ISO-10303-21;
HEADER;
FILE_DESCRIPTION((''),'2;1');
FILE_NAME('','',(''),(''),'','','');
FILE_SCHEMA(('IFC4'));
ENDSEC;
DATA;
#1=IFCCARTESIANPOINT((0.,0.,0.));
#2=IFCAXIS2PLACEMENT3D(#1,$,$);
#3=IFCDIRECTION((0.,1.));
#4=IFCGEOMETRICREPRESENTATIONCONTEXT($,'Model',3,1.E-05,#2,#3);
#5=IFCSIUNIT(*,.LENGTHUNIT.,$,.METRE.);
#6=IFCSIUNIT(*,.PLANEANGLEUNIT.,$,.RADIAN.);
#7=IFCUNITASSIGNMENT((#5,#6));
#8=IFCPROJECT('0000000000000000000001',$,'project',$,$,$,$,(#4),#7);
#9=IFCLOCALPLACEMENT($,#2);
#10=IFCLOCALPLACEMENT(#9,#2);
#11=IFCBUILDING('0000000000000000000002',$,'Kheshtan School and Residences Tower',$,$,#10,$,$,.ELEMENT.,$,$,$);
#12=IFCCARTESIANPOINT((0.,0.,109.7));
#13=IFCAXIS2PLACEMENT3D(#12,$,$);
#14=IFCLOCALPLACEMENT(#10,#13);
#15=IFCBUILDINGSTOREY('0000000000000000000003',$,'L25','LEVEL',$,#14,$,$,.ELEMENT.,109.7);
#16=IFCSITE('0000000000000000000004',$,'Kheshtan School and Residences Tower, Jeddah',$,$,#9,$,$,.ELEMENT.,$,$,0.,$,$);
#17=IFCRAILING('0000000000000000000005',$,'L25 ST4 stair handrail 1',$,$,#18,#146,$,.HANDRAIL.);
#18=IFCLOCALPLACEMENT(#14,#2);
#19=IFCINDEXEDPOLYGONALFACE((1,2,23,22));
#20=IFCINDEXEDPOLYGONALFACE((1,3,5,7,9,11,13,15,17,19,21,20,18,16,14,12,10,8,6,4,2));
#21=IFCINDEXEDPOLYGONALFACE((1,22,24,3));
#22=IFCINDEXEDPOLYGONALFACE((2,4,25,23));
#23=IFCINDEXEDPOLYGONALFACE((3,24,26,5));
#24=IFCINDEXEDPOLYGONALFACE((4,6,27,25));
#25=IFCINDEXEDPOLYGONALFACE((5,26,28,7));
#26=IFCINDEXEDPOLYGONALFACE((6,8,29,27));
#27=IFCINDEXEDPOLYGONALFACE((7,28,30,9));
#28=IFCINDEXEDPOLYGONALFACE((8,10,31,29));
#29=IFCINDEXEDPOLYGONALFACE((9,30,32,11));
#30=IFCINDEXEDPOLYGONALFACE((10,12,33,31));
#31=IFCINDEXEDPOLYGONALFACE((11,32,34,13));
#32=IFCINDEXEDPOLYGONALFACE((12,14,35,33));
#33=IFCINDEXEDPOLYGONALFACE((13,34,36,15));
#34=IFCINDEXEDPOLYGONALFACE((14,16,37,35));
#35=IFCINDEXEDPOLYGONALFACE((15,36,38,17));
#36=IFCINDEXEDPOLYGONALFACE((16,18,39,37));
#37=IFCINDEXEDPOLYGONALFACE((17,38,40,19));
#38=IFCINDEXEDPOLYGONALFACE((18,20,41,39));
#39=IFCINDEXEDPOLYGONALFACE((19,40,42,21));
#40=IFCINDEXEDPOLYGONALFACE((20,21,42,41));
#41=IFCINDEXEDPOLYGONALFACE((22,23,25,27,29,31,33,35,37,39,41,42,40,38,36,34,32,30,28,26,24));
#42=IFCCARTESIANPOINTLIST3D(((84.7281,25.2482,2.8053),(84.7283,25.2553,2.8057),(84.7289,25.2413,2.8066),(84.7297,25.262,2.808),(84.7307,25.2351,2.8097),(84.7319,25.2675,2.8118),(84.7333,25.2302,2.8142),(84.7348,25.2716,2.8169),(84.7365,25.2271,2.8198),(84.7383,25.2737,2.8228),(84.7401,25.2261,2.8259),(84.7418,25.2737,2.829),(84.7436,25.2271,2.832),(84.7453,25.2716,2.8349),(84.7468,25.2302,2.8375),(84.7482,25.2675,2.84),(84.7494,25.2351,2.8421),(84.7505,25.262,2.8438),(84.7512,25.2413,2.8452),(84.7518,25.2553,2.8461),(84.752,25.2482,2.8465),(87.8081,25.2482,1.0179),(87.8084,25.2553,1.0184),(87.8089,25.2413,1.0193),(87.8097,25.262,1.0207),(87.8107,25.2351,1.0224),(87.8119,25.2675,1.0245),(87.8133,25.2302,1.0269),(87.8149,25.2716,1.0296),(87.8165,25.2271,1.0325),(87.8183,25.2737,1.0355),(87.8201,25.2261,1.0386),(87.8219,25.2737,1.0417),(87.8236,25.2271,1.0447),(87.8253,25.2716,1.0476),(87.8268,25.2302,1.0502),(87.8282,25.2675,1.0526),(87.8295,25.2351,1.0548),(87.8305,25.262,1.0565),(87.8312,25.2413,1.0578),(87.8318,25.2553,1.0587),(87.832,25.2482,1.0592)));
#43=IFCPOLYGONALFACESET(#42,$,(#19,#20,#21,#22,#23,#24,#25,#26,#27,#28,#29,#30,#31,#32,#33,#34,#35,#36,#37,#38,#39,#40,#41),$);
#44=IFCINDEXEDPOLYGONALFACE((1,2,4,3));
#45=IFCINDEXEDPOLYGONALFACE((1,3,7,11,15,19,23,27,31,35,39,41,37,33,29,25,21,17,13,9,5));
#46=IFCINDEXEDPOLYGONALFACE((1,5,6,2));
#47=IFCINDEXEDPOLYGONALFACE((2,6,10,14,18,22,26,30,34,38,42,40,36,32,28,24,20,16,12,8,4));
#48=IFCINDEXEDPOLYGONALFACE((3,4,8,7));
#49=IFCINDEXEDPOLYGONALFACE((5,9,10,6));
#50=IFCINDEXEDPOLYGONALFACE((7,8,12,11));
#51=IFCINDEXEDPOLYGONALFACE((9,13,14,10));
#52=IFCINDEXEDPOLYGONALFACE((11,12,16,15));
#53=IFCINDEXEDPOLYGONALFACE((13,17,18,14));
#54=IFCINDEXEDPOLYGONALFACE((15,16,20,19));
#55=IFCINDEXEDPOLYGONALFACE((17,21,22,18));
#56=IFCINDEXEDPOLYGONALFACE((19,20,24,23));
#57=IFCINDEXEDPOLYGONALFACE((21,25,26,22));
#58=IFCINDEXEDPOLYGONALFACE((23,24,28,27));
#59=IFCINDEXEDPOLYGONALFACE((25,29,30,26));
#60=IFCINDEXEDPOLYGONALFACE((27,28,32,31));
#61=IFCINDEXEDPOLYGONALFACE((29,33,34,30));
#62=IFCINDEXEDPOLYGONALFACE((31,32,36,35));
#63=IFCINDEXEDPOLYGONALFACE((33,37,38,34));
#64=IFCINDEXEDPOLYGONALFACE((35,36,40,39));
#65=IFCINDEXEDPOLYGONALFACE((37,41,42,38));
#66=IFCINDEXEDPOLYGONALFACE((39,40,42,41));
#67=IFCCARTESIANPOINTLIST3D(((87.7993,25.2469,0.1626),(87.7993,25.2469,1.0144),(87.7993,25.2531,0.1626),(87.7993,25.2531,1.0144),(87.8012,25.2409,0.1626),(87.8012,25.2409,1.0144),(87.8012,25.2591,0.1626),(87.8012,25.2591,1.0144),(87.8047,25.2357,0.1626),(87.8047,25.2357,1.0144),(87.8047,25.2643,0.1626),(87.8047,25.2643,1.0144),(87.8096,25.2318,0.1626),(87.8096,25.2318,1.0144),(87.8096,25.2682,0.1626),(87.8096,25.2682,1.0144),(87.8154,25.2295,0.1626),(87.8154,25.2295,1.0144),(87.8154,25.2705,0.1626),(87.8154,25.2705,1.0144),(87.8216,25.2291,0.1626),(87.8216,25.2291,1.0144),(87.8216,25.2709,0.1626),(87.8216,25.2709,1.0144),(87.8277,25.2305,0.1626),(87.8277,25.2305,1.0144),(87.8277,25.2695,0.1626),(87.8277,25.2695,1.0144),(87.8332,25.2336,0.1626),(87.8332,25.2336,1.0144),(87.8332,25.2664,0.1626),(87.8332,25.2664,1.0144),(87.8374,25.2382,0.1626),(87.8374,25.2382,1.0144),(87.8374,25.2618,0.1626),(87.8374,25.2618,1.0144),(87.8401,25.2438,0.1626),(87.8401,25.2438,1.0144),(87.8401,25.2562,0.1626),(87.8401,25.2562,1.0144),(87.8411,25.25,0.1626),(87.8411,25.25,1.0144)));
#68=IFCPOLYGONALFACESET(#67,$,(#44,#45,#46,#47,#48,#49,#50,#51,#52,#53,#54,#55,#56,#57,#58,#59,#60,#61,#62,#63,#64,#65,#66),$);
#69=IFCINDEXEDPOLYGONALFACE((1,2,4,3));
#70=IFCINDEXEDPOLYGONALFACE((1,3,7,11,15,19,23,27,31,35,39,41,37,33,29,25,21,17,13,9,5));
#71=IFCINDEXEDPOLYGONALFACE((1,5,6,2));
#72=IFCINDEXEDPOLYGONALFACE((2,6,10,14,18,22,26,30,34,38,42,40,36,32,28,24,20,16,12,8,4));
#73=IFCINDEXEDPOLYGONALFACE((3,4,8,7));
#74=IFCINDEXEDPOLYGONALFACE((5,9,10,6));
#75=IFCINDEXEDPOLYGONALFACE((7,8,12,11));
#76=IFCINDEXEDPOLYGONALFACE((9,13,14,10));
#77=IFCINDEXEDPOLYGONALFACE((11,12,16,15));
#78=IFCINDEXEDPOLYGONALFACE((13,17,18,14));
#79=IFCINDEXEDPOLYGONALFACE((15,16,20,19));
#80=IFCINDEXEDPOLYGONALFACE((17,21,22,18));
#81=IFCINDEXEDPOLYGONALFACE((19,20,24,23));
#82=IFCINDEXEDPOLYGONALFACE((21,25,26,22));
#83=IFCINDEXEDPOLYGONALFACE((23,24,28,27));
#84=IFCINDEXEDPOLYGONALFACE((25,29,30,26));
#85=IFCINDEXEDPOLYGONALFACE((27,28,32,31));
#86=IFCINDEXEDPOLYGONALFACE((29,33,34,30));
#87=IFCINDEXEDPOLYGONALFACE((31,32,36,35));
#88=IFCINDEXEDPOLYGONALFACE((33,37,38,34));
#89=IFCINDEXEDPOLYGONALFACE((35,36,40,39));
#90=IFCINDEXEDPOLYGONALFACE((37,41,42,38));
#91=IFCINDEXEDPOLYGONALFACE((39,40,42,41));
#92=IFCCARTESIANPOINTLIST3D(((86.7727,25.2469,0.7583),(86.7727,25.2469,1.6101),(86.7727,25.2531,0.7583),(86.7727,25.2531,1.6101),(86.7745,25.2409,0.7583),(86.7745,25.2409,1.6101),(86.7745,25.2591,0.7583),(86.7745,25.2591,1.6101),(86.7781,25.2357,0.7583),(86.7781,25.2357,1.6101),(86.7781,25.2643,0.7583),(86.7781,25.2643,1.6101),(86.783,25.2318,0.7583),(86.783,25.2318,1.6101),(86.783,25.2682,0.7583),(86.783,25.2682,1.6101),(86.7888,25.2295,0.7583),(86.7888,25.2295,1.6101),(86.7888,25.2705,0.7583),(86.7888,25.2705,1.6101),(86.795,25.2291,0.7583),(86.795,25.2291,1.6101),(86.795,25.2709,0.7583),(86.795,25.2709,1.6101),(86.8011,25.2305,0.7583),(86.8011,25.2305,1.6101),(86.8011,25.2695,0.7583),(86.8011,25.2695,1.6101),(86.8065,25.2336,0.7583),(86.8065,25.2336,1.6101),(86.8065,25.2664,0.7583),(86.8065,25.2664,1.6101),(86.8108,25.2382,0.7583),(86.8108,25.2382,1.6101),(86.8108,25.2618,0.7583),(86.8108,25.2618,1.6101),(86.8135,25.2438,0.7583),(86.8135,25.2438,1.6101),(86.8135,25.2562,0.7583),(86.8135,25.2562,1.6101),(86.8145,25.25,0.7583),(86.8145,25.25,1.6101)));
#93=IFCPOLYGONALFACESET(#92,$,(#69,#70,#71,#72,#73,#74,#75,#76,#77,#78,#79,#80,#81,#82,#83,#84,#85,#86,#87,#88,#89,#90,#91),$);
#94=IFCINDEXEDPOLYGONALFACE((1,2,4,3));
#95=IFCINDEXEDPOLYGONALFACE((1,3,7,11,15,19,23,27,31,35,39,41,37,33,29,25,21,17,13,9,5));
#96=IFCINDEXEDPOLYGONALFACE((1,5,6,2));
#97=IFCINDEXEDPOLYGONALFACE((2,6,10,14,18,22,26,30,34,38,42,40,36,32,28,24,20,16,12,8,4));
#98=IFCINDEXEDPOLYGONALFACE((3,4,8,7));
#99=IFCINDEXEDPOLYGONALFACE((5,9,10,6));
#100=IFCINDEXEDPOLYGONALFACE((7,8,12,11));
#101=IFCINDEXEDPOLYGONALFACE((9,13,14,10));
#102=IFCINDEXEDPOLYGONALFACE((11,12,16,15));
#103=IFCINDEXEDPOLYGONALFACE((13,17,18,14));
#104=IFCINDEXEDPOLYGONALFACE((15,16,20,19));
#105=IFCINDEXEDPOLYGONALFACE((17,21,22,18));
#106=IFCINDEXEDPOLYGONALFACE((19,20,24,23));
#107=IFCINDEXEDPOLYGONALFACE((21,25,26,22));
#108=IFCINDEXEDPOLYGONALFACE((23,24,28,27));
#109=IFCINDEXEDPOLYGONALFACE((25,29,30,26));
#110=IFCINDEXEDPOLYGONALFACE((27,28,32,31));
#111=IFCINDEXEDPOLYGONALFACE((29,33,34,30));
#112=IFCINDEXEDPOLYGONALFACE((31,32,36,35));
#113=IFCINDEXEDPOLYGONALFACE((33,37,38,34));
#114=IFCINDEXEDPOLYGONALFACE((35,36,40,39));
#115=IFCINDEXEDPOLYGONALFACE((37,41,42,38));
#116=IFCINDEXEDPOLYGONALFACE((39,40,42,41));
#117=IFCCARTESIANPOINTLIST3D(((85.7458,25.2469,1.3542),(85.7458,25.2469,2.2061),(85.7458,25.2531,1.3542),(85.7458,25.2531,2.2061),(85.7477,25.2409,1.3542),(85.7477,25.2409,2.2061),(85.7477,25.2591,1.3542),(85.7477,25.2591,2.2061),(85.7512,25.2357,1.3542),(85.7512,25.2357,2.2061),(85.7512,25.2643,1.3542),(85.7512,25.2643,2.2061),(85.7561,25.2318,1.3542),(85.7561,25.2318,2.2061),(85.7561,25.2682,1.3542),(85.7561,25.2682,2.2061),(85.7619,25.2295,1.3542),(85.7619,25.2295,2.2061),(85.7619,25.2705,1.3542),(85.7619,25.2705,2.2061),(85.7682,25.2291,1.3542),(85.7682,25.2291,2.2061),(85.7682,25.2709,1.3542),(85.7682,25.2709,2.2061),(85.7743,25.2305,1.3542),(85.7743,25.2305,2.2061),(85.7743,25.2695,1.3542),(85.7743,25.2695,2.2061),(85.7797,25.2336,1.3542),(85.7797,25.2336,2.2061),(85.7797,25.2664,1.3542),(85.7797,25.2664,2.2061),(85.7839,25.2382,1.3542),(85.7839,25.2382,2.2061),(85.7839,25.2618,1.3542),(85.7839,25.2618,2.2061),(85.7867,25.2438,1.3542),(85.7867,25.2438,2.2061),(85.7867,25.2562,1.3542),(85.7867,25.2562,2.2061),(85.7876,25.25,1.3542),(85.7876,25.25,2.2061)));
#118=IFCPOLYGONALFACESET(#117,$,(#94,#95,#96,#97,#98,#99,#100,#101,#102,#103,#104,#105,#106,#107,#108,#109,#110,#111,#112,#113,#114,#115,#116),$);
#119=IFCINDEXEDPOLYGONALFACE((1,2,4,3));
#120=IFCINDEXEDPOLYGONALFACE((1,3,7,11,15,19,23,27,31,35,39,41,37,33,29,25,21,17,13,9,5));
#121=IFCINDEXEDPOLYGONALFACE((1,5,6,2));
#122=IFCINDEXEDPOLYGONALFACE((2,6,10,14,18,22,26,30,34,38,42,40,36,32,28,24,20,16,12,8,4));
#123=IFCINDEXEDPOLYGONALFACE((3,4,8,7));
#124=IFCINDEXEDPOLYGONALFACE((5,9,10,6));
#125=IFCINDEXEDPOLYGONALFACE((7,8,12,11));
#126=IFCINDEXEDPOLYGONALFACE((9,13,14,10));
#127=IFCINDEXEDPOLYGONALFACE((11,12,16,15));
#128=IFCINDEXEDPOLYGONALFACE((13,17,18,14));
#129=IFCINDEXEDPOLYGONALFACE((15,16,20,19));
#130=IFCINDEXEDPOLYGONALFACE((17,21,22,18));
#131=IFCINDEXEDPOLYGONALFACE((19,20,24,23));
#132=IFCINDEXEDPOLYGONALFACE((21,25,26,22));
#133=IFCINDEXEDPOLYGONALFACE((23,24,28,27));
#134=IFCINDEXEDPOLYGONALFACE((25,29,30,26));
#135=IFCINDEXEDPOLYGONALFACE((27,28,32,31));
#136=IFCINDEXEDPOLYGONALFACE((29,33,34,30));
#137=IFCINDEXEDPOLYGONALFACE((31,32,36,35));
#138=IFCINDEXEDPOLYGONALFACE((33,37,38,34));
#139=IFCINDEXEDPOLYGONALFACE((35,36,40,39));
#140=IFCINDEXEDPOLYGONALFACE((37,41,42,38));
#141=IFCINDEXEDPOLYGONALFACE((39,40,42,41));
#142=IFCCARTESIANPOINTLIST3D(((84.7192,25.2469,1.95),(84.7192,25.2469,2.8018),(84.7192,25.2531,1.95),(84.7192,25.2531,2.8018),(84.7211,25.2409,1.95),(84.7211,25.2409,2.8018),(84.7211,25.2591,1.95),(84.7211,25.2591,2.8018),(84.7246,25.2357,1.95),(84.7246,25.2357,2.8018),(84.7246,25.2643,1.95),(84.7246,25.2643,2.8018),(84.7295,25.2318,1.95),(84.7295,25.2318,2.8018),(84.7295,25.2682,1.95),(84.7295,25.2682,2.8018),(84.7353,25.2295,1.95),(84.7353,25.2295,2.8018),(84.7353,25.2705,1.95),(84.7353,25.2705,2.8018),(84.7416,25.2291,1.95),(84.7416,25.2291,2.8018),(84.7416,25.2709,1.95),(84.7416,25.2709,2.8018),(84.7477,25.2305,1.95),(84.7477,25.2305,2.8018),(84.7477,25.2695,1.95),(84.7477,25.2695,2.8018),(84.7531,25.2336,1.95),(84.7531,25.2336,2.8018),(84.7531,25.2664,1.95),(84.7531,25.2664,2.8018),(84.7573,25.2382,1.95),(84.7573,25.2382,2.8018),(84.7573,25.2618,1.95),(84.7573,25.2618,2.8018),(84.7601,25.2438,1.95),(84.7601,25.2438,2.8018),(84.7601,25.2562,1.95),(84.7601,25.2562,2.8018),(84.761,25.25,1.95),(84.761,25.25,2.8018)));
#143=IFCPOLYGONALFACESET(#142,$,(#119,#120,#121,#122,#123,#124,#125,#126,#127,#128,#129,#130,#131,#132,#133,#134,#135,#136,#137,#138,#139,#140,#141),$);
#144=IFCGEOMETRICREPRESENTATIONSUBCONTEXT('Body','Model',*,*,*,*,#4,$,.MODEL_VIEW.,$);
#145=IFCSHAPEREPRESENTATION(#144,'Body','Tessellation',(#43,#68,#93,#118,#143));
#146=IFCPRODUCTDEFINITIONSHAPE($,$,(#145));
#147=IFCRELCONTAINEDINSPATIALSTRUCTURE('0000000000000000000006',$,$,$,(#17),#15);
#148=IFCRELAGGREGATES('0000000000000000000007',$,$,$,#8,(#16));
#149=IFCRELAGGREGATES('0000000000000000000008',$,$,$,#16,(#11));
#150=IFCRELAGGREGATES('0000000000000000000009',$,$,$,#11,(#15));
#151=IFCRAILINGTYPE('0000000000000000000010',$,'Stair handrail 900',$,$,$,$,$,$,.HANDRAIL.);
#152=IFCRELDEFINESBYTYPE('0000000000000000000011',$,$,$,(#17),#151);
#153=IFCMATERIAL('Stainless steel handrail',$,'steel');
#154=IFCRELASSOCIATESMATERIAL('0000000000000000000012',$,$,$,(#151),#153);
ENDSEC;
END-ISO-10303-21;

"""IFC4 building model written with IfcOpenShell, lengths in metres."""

from ifc_helpers import new_model, si_unit, direction, frame, origin, origin_2d, place, context, subcontext, project, spatial, circle, extrude, material, type_object, element, save


model = new_model("IFC4")

# Units and contexts
model_context = context("Model", 3, precision=1e-05, world=origin(), true_north=direction((0.0, 1.0)))
body_context = subcontext(model_context, "Body", "Model", "MODEL_VIEW")
ifc_project = project(units=[si_unit("LENGTHUNIT", "METRE"), si_unit("PLANEANGLEUNIT", "RADIAN")], contexts=[model_context])

# Site, building, storey
site_placement = place(None, origin())
site = spatial("IfcSite", under=ifc_project, at=site_placement, Name="Kheshtan School and Residences Tower, Jeddah", CompositionType="ELEMENT", RefElevation=0.0)
building_placement = place(site_placement, origin())
building = spatial("IfcBuilding", under=site, at=building_placement, Name="Kheshtan School and Residences Tower", CompositionType="ELEMENT")
storey_placement = place(building_placement, frame((0.0, 0.0, 109.7)))
storey = spatial("IfcBuildingStorey", under=building, at=storey_placement, Name="L25", Description="LEVEL", CompositionType="ELEMENT", Elevation=109.7)

# Railing
ifc_material_1 = material(Name="Stainless steel handrail", Category="steel")
railing_type_1 = type_object("IfcRailingType", Name="Stair handrail 900", PredefinedType="HANDRAIL", material=ifc_material_1)
railing_1_placement = place(storey_placement, frame((87.8201, 25.25, 0.1626)))
element("IfcRailing", 1, at=railing_1_placement, inside=storey, type_object=railing_type_1, Name="L25 ST4 stair handrail 1", PredefinedType="HANDRAIL", context=body_context, shape_type="SweptSolid", body=[
    extrude(circle(Radius=0.0239, at=origin_2d()), frame((0.0, 0.0, 0.876), z_axis=(-0.86492, 0.0, 0.501909), x_axis=(0.0, -1.0, 0.0)), (0.0, 0.0, 1.0), 3.561),
    extrude(circle(Radius=0.021, at=origin_2d()), origin(), (0.0, 0.0, 1.0), 0.8518),
    extrude(circle(Radius=0.021, at=origin_2d()), frame((-1.0266, 0.0, 0.5957)), (0.0, 0.0, 1.0), 0.8518),
    extrude(circle(Radius=0.021, at=origin_2d()), frame((-2.0535, 0.0, 1.1917)), (0.0, 0.0, 1.0), 0.8518),
    extrude(circle(Radius=0.021, at=origin_2d()), frame((-3.0801, 0.0, 1.7874)), (0.0, 0.0, 1.0), 0.8518),
])

save(model, "model.ifc")
